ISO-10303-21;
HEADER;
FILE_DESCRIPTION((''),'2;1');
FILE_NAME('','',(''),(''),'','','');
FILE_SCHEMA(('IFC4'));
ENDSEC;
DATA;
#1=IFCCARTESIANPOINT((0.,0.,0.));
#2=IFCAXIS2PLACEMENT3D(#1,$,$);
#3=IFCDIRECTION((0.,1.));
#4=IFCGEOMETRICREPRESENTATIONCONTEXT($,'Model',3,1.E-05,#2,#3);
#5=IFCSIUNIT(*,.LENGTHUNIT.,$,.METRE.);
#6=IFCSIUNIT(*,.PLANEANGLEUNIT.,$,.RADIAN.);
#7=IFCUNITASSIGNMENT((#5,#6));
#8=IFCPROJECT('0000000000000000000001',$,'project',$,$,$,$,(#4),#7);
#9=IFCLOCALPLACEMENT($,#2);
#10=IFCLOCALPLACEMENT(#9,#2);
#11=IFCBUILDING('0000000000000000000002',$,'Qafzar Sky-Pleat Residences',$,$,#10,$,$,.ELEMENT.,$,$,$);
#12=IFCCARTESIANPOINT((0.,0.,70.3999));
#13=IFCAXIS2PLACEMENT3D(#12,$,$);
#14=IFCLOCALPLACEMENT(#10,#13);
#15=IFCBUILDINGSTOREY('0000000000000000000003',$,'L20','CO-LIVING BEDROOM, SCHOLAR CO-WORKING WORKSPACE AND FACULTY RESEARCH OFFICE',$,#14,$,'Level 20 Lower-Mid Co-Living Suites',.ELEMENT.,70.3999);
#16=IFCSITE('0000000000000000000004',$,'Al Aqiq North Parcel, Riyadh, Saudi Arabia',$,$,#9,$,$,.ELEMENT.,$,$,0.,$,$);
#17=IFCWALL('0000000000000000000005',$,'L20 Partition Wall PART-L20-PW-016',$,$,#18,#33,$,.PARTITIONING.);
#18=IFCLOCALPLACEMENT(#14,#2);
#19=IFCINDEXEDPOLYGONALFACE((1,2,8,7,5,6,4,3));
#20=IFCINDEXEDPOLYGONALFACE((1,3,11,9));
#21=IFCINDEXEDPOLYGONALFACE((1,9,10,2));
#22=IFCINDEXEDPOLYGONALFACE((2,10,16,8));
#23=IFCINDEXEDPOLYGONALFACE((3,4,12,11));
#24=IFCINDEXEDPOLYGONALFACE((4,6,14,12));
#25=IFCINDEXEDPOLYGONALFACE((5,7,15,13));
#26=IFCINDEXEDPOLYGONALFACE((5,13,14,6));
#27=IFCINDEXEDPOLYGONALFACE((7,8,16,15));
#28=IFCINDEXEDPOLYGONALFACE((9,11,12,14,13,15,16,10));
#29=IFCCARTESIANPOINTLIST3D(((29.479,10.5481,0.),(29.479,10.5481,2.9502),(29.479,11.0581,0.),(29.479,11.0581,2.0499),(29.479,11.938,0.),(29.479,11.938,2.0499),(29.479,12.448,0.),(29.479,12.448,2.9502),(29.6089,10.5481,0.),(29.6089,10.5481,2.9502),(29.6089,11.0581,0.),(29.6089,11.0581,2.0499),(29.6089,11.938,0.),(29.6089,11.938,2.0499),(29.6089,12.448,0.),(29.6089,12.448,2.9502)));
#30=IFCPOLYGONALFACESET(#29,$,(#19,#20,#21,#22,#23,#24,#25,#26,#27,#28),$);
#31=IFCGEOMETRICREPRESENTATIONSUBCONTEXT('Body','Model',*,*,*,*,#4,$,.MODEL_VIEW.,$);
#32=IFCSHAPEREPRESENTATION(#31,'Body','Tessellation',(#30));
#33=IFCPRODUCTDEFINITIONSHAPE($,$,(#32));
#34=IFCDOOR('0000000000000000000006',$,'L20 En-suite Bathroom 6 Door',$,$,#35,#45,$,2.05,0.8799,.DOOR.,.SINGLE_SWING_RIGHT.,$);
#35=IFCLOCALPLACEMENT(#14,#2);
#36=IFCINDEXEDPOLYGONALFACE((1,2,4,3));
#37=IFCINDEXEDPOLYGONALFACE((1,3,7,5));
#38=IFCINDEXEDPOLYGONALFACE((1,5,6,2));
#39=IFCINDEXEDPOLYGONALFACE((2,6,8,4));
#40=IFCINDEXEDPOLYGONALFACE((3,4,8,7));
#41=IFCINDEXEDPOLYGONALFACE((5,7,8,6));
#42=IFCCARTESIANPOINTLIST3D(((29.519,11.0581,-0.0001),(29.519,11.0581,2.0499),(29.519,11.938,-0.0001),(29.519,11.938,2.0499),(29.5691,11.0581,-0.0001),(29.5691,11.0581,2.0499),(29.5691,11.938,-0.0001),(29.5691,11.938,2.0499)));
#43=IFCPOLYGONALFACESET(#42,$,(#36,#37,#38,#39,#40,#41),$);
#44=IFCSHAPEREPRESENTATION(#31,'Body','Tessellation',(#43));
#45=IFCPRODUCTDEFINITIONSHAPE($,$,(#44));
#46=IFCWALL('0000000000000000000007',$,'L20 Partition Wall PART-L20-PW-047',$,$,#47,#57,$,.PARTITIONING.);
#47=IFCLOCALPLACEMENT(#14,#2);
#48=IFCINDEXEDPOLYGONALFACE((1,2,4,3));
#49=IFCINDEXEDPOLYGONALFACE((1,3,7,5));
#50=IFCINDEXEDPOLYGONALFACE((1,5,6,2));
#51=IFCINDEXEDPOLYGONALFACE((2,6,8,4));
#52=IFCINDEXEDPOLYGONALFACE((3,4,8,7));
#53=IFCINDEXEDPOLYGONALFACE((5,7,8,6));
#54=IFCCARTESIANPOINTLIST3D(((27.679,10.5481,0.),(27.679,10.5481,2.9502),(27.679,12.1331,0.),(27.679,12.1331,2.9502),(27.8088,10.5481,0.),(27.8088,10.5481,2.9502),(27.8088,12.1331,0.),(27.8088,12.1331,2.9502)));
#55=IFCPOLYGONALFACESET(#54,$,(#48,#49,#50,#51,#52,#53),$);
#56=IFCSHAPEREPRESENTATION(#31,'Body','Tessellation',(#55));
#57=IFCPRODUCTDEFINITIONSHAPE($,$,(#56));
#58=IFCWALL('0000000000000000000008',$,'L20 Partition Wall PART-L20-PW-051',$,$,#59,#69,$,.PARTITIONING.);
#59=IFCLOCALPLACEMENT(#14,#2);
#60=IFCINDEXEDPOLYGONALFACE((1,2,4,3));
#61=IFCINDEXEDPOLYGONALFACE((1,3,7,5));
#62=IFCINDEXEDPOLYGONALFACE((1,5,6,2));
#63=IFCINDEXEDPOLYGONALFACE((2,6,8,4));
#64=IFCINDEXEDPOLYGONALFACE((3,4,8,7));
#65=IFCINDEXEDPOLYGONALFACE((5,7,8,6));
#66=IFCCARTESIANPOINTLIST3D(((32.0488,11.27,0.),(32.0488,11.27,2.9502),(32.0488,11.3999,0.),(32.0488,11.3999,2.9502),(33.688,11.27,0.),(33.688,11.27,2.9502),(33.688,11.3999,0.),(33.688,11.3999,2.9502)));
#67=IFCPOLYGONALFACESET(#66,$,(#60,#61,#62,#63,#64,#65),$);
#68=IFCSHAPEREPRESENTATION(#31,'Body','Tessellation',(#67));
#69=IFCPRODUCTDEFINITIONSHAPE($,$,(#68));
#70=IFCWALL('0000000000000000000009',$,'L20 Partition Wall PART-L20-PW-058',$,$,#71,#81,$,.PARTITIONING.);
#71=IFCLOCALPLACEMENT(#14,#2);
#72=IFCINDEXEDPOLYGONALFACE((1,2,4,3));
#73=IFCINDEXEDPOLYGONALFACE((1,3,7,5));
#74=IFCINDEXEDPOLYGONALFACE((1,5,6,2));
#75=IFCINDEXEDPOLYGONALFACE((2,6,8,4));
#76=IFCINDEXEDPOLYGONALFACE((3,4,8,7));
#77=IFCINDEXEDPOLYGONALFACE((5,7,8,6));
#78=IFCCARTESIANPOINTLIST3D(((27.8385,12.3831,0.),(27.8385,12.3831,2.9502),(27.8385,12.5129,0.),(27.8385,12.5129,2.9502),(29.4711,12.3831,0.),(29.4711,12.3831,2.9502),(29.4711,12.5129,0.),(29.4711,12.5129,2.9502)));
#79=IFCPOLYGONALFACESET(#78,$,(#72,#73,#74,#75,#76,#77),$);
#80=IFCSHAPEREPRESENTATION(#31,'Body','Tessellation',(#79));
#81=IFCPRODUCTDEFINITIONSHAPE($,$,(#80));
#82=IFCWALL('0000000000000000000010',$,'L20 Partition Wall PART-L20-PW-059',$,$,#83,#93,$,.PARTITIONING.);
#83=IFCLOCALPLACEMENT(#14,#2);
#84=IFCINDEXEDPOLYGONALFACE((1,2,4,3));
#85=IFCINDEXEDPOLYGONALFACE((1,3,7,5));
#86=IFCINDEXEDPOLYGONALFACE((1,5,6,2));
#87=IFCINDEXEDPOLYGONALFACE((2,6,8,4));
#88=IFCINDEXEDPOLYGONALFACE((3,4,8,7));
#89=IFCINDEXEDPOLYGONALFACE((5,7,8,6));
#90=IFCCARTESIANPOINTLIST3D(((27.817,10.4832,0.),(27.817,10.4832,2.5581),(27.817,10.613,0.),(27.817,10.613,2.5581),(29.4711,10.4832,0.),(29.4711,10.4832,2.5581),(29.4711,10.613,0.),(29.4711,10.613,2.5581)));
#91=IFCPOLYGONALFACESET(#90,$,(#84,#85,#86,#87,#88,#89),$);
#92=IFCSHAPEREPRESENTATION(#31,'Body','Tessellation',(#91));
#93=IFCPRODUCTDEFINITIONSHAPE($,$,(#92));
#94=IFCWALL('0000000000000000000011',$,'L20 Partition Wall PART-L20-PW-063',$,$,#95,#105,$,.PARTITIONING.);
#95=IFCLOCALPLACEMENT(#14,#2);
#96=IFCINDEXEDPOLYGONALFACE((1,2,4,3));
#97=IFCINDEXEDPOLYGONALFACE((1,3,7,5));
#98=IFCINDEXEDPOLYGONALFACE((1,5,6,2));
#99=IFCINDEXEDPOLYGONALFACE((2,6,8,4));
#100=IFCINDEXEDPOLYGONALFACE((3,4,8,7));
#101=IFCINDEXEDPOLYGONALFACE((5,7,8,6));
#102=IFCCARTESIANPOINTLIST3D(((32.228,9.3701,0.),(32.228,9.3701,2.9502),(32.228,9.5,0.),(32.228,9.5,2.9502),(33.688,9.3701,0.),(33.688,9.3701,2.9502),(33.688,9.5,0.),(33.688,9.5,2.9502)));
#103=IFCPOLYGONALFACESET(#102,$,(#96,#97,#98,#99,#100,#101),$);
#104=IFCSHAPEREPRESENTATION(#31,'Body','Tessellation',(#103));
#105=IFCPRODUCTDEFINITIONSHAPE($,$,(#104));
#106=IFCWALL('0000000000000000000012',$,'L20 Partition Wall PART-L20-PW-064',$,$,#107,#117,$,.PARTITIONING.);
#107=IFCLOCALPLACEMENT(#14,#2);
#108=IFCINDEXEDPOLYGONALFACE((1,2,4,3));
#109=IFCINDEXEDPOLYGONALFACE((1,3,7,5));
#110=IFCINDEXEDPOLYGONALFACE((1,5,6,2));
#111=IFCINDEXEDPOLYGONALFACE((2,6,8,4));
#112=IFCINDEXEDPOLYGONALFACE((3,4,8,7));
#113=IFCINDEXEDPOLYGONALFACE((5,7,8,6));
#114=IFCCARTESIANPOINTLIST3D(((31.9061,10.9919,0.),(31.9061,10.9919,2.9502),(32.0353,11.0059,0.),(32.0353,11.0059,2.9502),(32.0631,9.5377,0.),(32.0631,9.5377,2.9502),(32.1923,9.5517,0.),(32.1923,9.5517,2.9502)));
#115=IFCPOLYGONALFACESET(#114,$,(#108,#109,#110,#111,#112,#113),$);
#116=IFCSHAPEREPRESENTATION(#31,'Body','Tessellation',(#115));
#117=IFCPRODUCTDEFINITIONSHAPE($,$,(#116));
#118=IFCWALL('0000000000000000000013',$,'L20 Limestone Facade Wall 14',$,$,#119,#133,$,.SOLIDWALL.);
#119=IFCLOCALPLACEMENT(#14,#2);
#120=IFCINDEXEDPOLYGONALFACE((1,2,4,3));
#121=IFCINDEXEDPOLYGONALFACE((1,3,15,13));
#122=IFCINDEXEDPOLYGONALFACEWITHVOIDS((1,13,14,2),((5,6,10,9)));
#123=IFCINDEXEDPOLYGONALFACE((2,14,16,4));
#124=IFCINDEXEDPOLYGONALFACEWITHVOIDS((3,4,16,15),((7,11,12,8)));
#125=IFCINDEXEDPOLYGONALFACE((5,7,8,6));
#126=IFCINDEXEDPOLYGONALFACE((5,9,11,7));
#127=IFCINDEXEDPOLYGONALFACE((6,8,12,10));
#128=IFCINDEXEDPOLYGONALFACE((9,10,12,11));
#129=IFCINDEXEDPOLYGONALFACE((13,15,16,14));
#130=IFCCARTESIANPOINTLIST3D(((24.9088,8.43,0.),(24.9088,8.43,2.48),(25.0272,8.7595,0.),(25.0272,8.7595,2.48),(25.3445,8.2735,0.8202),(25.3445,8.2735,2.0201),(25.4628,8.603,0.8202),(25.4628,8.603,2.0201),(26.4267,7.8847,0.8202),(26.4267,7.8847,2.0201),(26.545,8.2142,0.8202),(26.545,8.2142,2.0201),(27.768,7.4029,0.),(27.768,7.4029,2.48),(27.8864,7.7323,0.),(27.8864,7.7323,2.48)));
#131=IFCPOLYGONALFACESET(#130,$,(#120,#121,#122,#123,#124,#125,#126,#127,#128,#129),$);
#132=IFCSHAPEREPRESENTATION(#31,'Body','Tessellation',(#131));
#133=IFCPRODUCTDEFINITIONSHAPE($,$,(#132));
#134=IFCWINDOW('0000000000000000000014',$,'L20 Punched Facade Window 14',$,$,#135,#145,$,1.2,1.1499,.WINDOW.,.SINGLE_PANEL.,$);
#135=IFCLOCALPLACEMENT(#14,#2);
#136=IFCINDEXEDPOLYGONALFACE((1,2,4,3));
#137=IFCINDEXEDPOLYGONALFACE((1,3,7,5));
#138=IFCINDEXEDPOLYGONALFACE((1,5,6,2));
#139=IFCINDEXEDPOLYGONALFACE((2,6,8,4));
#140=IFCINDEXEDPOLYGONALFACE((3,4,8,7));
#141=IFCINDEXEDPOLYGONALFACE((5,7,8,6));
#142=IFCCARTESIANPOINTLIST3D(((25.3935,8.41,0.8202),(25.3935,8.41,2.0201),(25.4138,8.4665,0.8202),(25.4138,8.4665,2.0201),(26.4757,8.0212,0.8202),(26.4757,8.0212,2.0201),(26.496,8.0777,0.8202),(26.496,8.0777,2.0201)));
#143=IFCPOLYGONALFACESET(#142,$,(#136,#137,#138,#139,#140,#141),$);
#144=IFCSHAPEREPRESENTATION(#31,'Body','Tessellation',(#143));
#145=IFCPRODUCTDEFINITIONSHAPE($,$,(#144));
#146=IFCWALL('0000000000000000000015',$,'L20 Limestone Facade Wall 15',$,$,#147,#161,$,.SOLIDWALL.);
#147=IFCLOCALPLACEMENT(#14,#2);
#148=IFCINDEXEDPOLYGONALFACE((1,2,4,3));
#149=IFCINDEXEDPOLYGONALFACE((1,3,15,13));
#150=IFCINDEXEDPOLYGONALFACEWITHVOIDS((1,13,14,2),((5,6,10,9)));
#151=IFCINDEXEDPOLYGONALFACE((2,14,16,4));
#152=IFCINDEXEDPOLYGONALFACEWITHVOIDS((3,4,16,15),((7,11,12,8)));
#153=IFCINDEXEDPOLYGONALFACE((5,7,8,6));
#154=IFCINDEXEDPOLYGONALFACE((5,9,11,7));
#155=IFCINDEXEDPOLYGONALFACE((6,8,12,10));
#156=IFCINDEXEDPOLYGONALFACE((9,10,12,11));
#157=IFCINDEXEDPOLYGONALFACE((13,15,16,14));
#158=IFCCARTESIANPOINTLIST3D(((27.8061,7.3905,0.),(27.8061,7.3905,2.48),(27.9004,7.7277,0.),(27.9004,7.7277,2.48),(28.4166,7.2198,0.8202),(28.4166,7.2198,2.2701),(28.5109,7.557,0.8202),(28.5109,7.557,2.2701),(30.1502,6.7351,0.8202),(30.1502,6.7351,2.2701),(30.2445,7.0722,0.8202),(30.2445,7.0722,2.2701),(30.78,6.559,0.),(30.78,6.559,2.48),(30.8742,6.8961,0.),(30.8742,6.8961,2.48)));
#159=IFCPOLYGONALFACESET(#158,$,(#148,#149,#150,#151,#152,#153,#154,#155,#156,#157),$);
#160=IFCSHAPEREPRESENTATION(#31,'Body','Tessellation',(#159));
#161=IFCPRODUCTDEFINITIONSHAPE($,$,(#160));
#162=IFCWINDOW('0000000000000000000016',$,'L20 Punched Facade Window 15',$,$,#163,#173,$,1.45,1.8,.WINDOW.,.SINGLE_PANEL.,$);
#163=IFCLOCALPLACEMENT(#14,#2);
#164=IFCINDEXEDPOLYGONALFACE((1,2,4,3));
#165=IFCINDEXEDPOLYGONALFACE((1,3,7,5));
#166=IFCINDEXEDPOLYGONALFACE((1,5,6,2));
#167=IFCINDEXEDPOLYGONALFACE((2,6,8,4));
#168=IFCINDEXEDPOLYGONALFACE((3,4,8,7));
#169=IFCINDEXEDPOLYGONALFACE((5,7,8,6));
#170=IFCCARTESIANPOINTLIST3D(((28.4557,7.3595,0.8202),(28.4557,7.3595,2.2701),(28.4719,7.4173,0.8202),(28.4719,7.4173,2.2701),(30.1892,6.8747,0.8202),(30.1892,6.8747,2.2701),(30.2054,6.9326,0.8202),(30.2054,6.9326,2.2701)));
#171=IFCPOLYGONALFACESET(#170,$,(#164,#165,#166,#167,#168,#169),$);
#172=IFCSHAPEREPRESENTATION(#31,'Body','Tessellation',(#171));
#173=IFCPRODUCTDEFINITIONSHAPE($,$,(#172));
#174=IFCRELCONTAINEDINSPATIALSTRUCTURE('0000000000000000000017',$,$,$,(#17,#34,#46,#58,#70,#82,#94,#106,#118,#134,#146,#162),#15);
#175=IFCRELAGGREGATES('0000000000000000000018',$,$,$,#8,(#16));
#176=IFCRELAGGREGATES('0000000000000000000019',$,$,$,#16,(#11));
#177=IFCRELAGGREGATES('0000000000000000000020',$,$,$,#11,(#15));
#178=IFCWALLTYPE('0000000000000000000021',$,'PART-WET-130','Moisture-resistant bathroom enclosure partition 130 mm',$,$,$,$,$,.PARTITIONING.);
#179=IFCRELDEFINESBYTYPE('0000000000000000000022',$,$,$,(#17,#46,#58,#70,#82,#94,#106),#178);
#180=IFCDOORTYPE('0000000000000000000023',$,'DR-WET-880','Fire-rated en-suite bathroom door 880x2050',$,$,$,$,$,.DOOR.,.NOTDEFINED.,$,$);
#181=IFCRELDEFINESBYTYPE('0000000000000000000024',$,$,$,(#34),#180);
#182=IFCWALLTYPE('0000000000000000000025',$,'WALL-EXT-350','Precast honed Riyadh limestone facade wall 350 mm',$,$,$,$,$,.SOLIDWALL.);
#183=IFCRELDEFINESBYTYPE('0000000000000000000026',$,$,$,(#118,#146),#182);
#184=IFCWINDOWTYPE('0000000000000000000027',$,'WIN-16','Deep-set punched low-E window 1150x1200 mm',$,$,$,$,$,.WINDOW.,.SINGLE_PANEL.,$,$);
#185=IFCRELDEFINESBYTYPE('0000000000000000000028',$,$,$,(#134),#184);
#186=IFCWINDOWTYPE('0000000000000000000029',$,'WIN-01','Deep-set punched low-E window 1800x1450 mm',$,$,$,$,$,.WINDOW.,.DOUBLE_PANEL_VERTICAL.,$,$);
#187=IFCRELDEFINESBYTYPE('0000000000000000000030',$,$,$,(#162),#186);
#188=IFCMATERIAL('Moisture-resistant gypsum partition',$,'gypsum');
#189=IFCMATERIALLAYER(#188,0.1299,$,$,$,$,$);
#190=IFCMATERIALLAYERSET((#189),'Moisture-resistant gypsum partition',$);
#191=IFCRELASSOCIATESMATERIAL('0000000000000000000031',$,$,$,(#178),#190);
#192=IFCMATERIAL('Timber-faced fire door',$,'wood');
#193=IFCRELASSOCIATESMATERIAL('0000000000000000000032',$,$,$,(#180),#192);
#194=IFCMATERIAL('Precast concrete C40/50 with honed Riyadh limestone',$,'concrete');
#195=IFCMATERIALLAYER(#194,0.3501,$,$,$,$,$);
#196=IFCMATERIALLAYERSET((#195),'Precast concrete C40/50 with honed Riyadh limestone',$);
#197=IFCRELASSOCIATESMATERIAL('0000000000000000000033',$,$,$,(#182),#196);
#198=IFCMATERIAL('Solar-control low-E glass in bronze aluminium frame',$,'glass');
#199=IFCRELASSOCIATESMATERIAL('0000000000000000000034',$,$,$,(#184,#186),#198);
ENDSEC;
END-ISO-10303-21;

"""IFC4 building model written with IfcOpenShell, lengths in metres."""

from ifc_helpers import new_model, si_unit, direction, frame, frame_2d, origin, place, context, subcontext, project, spatial, rectangle, extrude, source, transform, mapped, material, layer, layer_set, type_object, element, fill, save


model = new_model("IFC4")

# Units and contexts
model_context = context("Model", 3, precision=1e-05, world=origin(), true_north=direction((0.0, 1.0)))
body_context = subcontext(model_context, "Body", "Model", "MODEL_VIEW")
ifc_project = project(units=[si_unit("LENGTHUNIT", "METRE"), si_unit("PLANEANGLEUNIT", "RADIAN")], contexts=[model_context])

# Site, building, storey
site_placement = place(None, origin())
site = spatial("IfcSite", under=ifc_project, at=site_placement, Name="Al Aqiq North Parcel, Riyadh, Saudi Arabia", CompositionType="ELEMENT", RefElevation=0.0)
building_placement = place(site_placement, origin())
building = spatial("IfcBuilding", under=site, at=building_placement, Name="Qafzar Sky-Pleat Residences", CompositionType="ELEMENT")
storey_placement = place(building_placement, frame((0.0, 0.0, 70.3999)))
storey = spatial("IfcBuildingStorey", under=building, at=storey_placement, Name="L20", Description="CO-LIVING BEDROOM, SCHOLAR CO-WORKING WORKSPACE AND FACULTY RESEARCH OFFICE", LongName="Level 20 Lower-Mid Co-Living Suites", CompositionType="ELEMENT", Elevation=70.3999)

# Wall, opening, door
ifc_material_1 = material(Name="Moisture-resistant gypsum partition", Category="gypsum")
ifc_layer_1 = layer(ifc_material_1, 0.1299)
ifc_layer_set_1 = layer_set([ifc_layer_1], Name="Moisture-resistant gypsum partition")
wall_type_1 = type_object("IfcWallType", Name="PART-WET-130", Description="Moisture-resistant bathroom enclosure partition 130 mm", PredefinedType="PARTITIONING", material=ifc_layer_set_1)
wall_1_placement = place(storey_placement, frame((29.5439, 10.5481, 0.0), z_axis=(0.0, 0.0, 1.0), x_axis=(0.0, 1.0, 0.0)))
wall_1 = element("IfcWall", 1, at=wall_1_placement, inside=storey, type_object=wall_type_1, Name="L20 Partition Wall PART-L20-PW-016", PredefinedType="PARTITIONING", context=body_context, shape_type="SweptSolid", body=[
    extrude(rectangle(XDim=1.8999, YDim=0.1299, at=frame_2d((0.95, 0.0))), origin(), (0.0, 0.0, 1.0), 2.9502),
])
opening_1_placement = place(wall_1_placement, frame((0.51, 0.0, 0.0)))
opening_1 = element("IfcOpeningElement", 2, at=opening_1_placement, cuts=wall_1, PredefinedType="OPENING", context=body_context, shape_type="SweptSolid", body=[
    extrude(rectangle(XDim=0.8799, YDim=2.05, at=frame_2d((0.4399, 1.0249))), frame((0.0, 0.075, 0.0), z_axis=(0.0, -1.0, 0.0), x_axis=(1.0, 0.0, 0.0)), (0.0, 0.0, 1.0), 0.1499),
])
ifc_material_2 = material(Name="Timber-faced fire door", Category="wood")
door_type = type_object("IfcDoorType", Name="DR-WET-880", Description="Fire-rated en-suite bathroom door 880x2050", OperationType="NOTDEFINED", PredefinedType="DOOR", material=ifc_material_2)
shared_shape_1 = source(origin(), body_context, "Body", "SweptSolid", [
    extrude(rectangle(XDim=0.8799, YDim=2.05, at=frame_2d((0.4399, 1.0249))), frame((0.0, 0.0249, 0.0), z_axis=(0.0, -1.0, 0.0), x_axis=(1.0, 0.0, 0.0)), (0.0, 0.0, 1.0), 0.05),
])
door_placement = place(opening_1_placement, origin())
door = element("IfcDoor", 3, at=door_placement, inside=storey, type_object=door_type, Name="L20 En-suite Bathroom 6 Door", OperationType="SINGLE_SWING_RIGHT", OverallHeight=2.05, OverallWidth=0.8799, PredefinedType="DOOR", context=body_context, shape_type="MappedRepresentation", body=[
    mapped(shared_shape_1, transform((0.0, 0.0, 0.0), x_axis=(1.0, 0.0, 0.0), y_axis=(0.0, 1.0, 0.0), z_axis=(0.0, 0.0, 1.0), scale=1.0)),
])
fill(opening_1, door)

# Walls
wall_2_placement = place(storey_placement, frame((27.7439, 10.5481, 0.0), z_axis=(0.0, 0.0, 1.0), x_axis=(0.0, 1.0, 0.0)))
element("IfcWall", 4, at=wall_2_placement, inside=storey, type_object=wall_type_1, Name="L20 Partition Wall PART-L20-PW-047", PredefinedType="PARTITIONING", context=body_context, shape_type="SweptSolid", body=[
    extrude(rectangle(XDim=1.585, YDim=0.1299, at=frame_2d((0.7925, 0.0))), origin(), (0.0, 0.0, 1.0), 2.9502),
])
wall_3_placement = place(storey_placement, frame((32.0488, 11.335, 0.0), z_axis=(0.0, 0.0, 1.0), x_axis=(1.0, 0.0, 0.0)))
element("IfcWall", 5, at=wall_3_placement, inside=storey, type_object=wall_type_1, Name="L20 Partition Wall PART-L20-PW-051", PredefinedType="PARTITIONING", context=body_context, shape_type="SweptSolid", body=[
    extrude(rectangle(XDim=1.6392, YDim=0.1299, at=frame_2d((0.8196, 0.0))), origin(), (0.0, 0.0, 1.0), 2.9502),
])
wall_4_placement = place(storey_placement, frame((27.8384, 12.448, 0.0), z_axis=(0.0, 0.0, 1.0), x_axis=(1.0, 0.0, 0.0)))
element("IfcWall", 6, at=wall_4_placement, inside=storey, type_object=wall_type_1, Name="L20 Partition Wall PART-L20-PW-058", PredefinedType="PARTITIONING", context=body_context, shape_type="SweptSolid", body=[
    extrude(rectangle(XDim=1.6326, YDim=0.1299, at=frame_2d((0.8164, 0.0))), origin(), (0.0, 0.0, 1.0), 2.9502),
])
wall_5_placement = place(storey_placement, frame((27.8169, 10.5481, 0.0), z_axis=(0.0, 0.0, 1.0), x_axis=(1.0, 0.0, 0.0)))
element("IfcWall", 7, at=wall_5_placement, inside=storey, type_object=wall_type_1, Name="L20 Partition Wall PART-L20-PW-059", PredefinedType="PARTITIONING", context=body_context, shape_type="SweptSolid", body=[
    extrude(rectangle(XDim=1.6541, YDim=0.1299, at=frame_2d((0.8271, 0.0))), origin(), (0.0, 0.0, 1.0), 2.5581),
])
wall_6_placement = place(storey_placement, frame((32.228, 9.4351, 0.0), z_axis=(0.0, 0.0, 1.0), x_axis=(1.0, 0.0, 0.0)))
element("IfcWall", 8, at=wall_6_placement, inside=storey, type_object=wall_type_1, Name="L20 Partition Wall PART-L20-PW-063", PredefinedType="PARTITIONING", context=body_context, shape_type="SweptSolid", body=[
    extrude(rectangle(XDim=1.46, YDim=0.1299, at=frame_2d((0.73, 0.0))), origin(), (0.0, 0.0, 1.0), 2.9502),
])
wall_7_placement = place(storey_placement, frame((31.9707, 10.999, 0.0), z_axis=(0.0, 0.0, 1.0), x_axis=(0.107335, -0.994223, 0.0)))
element("IfcWall", 9, at=wall_7_placement, inside=storey, type_object=wall_type_1, Name="L20 Partition Wall PART-L20-PW-064", PredefinedType="PARTITIONING", context=body_context, shape_type="SweptSolid", body=[
    extrude(rectangle(XDim=1.4626, YDim=0.1299, at=frame_2d((0.7314, 0.0))), origin(), (0.0, 0.0, 1.0), 2.9502),
])

# Walls, openings, windows
ifc_material_3 = material(Name="Precast concrete C40/50 with honed Riyadh limestone", Category="concrete")
ifc_layer_2 = layer(ifc_material_3, 0.3501)
ifc_layer_set_2 = layer_set([ifc_layer_2], Name="Precast concrete C40/50 with honed Riyadh limestone")
wall_type_2 = type_object("IfcWallType", Name="WALL-EXT-350", Description="Precast honed Riyadh limestone facade wall 350 mm", PredefinedType="SOLIDWALL", material=ifc_layer_set_2)
wall_8_placement = place(storey_placement, frame((24.968, 8.5947, 0.0), z_axis=(0.0, 0.0, 1.0), x_axis=(0.941117, -0.338082, 0.0)))
wall_8 = element("IfcWall", 10, at=wall_8_placement, inside=storey, type_object=wall_type_2, Name="L20 Limestone Facade Wall 14", PredefinedType="SOLIDWALL", context=body_context, shape_type="SweptSolid", body=[
    extrude(rectangle(XDim=3.0381, YDim=0.3501, at=frame_2d((1.519, 0.0))), origin(), (0.0, 0.0, 1.0), 2.48),
])
opening_2_placement = place(wall_8_placement, frame((0.4629, 0.0, 0.8201)))
opening_2 = element("IfcOpeningElement", 11, at=opening_2_placement, cuts=wall_8, PredefinedType="OPENING", context=body_context, shape_type="SweptSolid", body=[
    extrude(rectangle(XDim=1.1499, YDim=1.2, at=frame_2d((0.575, 0.6001))), frame((0.0, 0.1851, 0.0), z_axis=(0.0, -1.0, 0.0), x_axis=(1.0, 0.0, 0.0)), (0.0, 0.0, 1.0), 0.3701),
])
ifc_material_4 = material(Name="Solar-control low-E glass in bronze aluminium frame", Category="glass")
window_type_1 = type_object("IfcWindowType", Name="WIN-16", Description="Deep-set punched low-E window 1150x1200 mm", PartitioningType="SINGLE_PANEL", PredefinedType="WINDOW", material=ifc_material_4)
shared_shape_2 = source(origin(), body_context, "Body", "SweptSolid", [
    extrude(rectangle(XDim=1.1499, YDim=1.2, at=frame_2d((0.575, 0.6001))), frame((0.0, 0.03, 0.0), z_axis=(0.0, -1.0, 0.0), x_axis=(1.0, 0.0, 0.0)), (0.0, 0.0, 1.0), 0.0601),
])
window_1_placement = place(opening_2_placement, origin())
window_1 = element("IfcWindow", 12, at=window_1_placement, inside=storey, type_object=window_type_1, Name="L20 Punched Facade Window 14", OverallHeight=1.2, OverallWidth=1.1499, PartitioningType="SINGLE_PANEL", PredefinedType="WINDOW", context=body_context, shape_type="MappedRepresentation", body=[
    mapped(shared_shape_2, transform((0.0, 0.0, 0.0), x_axis=(1.0, 0.0, 0.0), y_axis=(0.0, 1.0, 0.0), z_axis=(0.0, 0.0, 1.0), scale=1.0)),
])
fill(opening_2, window_1)
wall_9_placement = place(storey_placement, frame((27.8533, 7.5591, 0.0), z_axis=(0.0, 0.0, 1.0), x_axis=(0.96306, -0.269287, 0.0)))
wall_9 = element("IfcWall", 13, at=wall_9_placement, inside=storey, type_object=wall_type_2, Name="L20 Limestone Facade Wall 15", PredefinedType="SOLIDWALL", context=body_context, shape_type="SweptSolid", body=[
    extrude(rectangle(XDim=3.0879, YDim=0.3501, at=frame_2d((1.5439, 0.0))), origin(), (0.0, 0.0, 1.0), 2.48),
])
opening_3_placement = place(wall_9_placement, frame((0.634, 0.0, 0.8201)))
opening_3 = element("IfcOpeningElement", 14, at=opening_3_placement, cuts=wall_9, PredefinedType="OPENING", context=body_context, shape_type="SweptSolid", body=[
    extrude(rectangle(XDim=1.8, YDim=1.45, at=frame_2d((0.8999, 0.7251))), frame((0.0, 0.1851, 0.0), z_axis=(0.0, -1.0, 0.0), x_axis=(1.0, 0.0, 0.0)), (0.0, 0.0, 1.0), 0.3701),
])
window_type_2 = type_object("IfcWindowType", Name="WIN-01", Description="Deep-set punched low-E window 1800x1450 mm", PartitioningType="DOUBLE_PANEL_VERTICAL", PredefinedType="WINDOW", material=ifc_material_4)
shared_shape_3 = source(origin(), body_context, "Body", "SweptSolid", [
    extrude(rectangle(XDim=1.8, YDim=1.45, at=frame_2d((0.8999, 0.7251))), frame((0.0, 0.03, 0.0), z_axis=(0.0, -1.0, 0.0), x_axis=(1.0, 0.0, 0.0)), (0.0, 0.0, 1.0), 0.0601),
])
window_2_placement = place(opening_3_placement, origin())
window_2 = element("IfcWindow", 15, at=window_2_placement, inside=storey, type_object=window_type_2, Name="L20 Punched Facade Window 15", OverallHeight=1.45, OverallWidth=1.8, PartitioningType="SINGLE_PANEL", PredefinedType="WINDOW", context=body_context, shape_type="MappedRepresentation", body=[
    mapped(shared_shape_3, transform((0.0, 0.0, 0.0), x_axis=(1.0, 0.0, 0.0), y_axis=(0.0, 1.0, 0.0), z_axis=(0.0, 0.0, 1.0), scale=1.0)),
])
fill(opening_3, window_2)

save(model, "model.ifc")
